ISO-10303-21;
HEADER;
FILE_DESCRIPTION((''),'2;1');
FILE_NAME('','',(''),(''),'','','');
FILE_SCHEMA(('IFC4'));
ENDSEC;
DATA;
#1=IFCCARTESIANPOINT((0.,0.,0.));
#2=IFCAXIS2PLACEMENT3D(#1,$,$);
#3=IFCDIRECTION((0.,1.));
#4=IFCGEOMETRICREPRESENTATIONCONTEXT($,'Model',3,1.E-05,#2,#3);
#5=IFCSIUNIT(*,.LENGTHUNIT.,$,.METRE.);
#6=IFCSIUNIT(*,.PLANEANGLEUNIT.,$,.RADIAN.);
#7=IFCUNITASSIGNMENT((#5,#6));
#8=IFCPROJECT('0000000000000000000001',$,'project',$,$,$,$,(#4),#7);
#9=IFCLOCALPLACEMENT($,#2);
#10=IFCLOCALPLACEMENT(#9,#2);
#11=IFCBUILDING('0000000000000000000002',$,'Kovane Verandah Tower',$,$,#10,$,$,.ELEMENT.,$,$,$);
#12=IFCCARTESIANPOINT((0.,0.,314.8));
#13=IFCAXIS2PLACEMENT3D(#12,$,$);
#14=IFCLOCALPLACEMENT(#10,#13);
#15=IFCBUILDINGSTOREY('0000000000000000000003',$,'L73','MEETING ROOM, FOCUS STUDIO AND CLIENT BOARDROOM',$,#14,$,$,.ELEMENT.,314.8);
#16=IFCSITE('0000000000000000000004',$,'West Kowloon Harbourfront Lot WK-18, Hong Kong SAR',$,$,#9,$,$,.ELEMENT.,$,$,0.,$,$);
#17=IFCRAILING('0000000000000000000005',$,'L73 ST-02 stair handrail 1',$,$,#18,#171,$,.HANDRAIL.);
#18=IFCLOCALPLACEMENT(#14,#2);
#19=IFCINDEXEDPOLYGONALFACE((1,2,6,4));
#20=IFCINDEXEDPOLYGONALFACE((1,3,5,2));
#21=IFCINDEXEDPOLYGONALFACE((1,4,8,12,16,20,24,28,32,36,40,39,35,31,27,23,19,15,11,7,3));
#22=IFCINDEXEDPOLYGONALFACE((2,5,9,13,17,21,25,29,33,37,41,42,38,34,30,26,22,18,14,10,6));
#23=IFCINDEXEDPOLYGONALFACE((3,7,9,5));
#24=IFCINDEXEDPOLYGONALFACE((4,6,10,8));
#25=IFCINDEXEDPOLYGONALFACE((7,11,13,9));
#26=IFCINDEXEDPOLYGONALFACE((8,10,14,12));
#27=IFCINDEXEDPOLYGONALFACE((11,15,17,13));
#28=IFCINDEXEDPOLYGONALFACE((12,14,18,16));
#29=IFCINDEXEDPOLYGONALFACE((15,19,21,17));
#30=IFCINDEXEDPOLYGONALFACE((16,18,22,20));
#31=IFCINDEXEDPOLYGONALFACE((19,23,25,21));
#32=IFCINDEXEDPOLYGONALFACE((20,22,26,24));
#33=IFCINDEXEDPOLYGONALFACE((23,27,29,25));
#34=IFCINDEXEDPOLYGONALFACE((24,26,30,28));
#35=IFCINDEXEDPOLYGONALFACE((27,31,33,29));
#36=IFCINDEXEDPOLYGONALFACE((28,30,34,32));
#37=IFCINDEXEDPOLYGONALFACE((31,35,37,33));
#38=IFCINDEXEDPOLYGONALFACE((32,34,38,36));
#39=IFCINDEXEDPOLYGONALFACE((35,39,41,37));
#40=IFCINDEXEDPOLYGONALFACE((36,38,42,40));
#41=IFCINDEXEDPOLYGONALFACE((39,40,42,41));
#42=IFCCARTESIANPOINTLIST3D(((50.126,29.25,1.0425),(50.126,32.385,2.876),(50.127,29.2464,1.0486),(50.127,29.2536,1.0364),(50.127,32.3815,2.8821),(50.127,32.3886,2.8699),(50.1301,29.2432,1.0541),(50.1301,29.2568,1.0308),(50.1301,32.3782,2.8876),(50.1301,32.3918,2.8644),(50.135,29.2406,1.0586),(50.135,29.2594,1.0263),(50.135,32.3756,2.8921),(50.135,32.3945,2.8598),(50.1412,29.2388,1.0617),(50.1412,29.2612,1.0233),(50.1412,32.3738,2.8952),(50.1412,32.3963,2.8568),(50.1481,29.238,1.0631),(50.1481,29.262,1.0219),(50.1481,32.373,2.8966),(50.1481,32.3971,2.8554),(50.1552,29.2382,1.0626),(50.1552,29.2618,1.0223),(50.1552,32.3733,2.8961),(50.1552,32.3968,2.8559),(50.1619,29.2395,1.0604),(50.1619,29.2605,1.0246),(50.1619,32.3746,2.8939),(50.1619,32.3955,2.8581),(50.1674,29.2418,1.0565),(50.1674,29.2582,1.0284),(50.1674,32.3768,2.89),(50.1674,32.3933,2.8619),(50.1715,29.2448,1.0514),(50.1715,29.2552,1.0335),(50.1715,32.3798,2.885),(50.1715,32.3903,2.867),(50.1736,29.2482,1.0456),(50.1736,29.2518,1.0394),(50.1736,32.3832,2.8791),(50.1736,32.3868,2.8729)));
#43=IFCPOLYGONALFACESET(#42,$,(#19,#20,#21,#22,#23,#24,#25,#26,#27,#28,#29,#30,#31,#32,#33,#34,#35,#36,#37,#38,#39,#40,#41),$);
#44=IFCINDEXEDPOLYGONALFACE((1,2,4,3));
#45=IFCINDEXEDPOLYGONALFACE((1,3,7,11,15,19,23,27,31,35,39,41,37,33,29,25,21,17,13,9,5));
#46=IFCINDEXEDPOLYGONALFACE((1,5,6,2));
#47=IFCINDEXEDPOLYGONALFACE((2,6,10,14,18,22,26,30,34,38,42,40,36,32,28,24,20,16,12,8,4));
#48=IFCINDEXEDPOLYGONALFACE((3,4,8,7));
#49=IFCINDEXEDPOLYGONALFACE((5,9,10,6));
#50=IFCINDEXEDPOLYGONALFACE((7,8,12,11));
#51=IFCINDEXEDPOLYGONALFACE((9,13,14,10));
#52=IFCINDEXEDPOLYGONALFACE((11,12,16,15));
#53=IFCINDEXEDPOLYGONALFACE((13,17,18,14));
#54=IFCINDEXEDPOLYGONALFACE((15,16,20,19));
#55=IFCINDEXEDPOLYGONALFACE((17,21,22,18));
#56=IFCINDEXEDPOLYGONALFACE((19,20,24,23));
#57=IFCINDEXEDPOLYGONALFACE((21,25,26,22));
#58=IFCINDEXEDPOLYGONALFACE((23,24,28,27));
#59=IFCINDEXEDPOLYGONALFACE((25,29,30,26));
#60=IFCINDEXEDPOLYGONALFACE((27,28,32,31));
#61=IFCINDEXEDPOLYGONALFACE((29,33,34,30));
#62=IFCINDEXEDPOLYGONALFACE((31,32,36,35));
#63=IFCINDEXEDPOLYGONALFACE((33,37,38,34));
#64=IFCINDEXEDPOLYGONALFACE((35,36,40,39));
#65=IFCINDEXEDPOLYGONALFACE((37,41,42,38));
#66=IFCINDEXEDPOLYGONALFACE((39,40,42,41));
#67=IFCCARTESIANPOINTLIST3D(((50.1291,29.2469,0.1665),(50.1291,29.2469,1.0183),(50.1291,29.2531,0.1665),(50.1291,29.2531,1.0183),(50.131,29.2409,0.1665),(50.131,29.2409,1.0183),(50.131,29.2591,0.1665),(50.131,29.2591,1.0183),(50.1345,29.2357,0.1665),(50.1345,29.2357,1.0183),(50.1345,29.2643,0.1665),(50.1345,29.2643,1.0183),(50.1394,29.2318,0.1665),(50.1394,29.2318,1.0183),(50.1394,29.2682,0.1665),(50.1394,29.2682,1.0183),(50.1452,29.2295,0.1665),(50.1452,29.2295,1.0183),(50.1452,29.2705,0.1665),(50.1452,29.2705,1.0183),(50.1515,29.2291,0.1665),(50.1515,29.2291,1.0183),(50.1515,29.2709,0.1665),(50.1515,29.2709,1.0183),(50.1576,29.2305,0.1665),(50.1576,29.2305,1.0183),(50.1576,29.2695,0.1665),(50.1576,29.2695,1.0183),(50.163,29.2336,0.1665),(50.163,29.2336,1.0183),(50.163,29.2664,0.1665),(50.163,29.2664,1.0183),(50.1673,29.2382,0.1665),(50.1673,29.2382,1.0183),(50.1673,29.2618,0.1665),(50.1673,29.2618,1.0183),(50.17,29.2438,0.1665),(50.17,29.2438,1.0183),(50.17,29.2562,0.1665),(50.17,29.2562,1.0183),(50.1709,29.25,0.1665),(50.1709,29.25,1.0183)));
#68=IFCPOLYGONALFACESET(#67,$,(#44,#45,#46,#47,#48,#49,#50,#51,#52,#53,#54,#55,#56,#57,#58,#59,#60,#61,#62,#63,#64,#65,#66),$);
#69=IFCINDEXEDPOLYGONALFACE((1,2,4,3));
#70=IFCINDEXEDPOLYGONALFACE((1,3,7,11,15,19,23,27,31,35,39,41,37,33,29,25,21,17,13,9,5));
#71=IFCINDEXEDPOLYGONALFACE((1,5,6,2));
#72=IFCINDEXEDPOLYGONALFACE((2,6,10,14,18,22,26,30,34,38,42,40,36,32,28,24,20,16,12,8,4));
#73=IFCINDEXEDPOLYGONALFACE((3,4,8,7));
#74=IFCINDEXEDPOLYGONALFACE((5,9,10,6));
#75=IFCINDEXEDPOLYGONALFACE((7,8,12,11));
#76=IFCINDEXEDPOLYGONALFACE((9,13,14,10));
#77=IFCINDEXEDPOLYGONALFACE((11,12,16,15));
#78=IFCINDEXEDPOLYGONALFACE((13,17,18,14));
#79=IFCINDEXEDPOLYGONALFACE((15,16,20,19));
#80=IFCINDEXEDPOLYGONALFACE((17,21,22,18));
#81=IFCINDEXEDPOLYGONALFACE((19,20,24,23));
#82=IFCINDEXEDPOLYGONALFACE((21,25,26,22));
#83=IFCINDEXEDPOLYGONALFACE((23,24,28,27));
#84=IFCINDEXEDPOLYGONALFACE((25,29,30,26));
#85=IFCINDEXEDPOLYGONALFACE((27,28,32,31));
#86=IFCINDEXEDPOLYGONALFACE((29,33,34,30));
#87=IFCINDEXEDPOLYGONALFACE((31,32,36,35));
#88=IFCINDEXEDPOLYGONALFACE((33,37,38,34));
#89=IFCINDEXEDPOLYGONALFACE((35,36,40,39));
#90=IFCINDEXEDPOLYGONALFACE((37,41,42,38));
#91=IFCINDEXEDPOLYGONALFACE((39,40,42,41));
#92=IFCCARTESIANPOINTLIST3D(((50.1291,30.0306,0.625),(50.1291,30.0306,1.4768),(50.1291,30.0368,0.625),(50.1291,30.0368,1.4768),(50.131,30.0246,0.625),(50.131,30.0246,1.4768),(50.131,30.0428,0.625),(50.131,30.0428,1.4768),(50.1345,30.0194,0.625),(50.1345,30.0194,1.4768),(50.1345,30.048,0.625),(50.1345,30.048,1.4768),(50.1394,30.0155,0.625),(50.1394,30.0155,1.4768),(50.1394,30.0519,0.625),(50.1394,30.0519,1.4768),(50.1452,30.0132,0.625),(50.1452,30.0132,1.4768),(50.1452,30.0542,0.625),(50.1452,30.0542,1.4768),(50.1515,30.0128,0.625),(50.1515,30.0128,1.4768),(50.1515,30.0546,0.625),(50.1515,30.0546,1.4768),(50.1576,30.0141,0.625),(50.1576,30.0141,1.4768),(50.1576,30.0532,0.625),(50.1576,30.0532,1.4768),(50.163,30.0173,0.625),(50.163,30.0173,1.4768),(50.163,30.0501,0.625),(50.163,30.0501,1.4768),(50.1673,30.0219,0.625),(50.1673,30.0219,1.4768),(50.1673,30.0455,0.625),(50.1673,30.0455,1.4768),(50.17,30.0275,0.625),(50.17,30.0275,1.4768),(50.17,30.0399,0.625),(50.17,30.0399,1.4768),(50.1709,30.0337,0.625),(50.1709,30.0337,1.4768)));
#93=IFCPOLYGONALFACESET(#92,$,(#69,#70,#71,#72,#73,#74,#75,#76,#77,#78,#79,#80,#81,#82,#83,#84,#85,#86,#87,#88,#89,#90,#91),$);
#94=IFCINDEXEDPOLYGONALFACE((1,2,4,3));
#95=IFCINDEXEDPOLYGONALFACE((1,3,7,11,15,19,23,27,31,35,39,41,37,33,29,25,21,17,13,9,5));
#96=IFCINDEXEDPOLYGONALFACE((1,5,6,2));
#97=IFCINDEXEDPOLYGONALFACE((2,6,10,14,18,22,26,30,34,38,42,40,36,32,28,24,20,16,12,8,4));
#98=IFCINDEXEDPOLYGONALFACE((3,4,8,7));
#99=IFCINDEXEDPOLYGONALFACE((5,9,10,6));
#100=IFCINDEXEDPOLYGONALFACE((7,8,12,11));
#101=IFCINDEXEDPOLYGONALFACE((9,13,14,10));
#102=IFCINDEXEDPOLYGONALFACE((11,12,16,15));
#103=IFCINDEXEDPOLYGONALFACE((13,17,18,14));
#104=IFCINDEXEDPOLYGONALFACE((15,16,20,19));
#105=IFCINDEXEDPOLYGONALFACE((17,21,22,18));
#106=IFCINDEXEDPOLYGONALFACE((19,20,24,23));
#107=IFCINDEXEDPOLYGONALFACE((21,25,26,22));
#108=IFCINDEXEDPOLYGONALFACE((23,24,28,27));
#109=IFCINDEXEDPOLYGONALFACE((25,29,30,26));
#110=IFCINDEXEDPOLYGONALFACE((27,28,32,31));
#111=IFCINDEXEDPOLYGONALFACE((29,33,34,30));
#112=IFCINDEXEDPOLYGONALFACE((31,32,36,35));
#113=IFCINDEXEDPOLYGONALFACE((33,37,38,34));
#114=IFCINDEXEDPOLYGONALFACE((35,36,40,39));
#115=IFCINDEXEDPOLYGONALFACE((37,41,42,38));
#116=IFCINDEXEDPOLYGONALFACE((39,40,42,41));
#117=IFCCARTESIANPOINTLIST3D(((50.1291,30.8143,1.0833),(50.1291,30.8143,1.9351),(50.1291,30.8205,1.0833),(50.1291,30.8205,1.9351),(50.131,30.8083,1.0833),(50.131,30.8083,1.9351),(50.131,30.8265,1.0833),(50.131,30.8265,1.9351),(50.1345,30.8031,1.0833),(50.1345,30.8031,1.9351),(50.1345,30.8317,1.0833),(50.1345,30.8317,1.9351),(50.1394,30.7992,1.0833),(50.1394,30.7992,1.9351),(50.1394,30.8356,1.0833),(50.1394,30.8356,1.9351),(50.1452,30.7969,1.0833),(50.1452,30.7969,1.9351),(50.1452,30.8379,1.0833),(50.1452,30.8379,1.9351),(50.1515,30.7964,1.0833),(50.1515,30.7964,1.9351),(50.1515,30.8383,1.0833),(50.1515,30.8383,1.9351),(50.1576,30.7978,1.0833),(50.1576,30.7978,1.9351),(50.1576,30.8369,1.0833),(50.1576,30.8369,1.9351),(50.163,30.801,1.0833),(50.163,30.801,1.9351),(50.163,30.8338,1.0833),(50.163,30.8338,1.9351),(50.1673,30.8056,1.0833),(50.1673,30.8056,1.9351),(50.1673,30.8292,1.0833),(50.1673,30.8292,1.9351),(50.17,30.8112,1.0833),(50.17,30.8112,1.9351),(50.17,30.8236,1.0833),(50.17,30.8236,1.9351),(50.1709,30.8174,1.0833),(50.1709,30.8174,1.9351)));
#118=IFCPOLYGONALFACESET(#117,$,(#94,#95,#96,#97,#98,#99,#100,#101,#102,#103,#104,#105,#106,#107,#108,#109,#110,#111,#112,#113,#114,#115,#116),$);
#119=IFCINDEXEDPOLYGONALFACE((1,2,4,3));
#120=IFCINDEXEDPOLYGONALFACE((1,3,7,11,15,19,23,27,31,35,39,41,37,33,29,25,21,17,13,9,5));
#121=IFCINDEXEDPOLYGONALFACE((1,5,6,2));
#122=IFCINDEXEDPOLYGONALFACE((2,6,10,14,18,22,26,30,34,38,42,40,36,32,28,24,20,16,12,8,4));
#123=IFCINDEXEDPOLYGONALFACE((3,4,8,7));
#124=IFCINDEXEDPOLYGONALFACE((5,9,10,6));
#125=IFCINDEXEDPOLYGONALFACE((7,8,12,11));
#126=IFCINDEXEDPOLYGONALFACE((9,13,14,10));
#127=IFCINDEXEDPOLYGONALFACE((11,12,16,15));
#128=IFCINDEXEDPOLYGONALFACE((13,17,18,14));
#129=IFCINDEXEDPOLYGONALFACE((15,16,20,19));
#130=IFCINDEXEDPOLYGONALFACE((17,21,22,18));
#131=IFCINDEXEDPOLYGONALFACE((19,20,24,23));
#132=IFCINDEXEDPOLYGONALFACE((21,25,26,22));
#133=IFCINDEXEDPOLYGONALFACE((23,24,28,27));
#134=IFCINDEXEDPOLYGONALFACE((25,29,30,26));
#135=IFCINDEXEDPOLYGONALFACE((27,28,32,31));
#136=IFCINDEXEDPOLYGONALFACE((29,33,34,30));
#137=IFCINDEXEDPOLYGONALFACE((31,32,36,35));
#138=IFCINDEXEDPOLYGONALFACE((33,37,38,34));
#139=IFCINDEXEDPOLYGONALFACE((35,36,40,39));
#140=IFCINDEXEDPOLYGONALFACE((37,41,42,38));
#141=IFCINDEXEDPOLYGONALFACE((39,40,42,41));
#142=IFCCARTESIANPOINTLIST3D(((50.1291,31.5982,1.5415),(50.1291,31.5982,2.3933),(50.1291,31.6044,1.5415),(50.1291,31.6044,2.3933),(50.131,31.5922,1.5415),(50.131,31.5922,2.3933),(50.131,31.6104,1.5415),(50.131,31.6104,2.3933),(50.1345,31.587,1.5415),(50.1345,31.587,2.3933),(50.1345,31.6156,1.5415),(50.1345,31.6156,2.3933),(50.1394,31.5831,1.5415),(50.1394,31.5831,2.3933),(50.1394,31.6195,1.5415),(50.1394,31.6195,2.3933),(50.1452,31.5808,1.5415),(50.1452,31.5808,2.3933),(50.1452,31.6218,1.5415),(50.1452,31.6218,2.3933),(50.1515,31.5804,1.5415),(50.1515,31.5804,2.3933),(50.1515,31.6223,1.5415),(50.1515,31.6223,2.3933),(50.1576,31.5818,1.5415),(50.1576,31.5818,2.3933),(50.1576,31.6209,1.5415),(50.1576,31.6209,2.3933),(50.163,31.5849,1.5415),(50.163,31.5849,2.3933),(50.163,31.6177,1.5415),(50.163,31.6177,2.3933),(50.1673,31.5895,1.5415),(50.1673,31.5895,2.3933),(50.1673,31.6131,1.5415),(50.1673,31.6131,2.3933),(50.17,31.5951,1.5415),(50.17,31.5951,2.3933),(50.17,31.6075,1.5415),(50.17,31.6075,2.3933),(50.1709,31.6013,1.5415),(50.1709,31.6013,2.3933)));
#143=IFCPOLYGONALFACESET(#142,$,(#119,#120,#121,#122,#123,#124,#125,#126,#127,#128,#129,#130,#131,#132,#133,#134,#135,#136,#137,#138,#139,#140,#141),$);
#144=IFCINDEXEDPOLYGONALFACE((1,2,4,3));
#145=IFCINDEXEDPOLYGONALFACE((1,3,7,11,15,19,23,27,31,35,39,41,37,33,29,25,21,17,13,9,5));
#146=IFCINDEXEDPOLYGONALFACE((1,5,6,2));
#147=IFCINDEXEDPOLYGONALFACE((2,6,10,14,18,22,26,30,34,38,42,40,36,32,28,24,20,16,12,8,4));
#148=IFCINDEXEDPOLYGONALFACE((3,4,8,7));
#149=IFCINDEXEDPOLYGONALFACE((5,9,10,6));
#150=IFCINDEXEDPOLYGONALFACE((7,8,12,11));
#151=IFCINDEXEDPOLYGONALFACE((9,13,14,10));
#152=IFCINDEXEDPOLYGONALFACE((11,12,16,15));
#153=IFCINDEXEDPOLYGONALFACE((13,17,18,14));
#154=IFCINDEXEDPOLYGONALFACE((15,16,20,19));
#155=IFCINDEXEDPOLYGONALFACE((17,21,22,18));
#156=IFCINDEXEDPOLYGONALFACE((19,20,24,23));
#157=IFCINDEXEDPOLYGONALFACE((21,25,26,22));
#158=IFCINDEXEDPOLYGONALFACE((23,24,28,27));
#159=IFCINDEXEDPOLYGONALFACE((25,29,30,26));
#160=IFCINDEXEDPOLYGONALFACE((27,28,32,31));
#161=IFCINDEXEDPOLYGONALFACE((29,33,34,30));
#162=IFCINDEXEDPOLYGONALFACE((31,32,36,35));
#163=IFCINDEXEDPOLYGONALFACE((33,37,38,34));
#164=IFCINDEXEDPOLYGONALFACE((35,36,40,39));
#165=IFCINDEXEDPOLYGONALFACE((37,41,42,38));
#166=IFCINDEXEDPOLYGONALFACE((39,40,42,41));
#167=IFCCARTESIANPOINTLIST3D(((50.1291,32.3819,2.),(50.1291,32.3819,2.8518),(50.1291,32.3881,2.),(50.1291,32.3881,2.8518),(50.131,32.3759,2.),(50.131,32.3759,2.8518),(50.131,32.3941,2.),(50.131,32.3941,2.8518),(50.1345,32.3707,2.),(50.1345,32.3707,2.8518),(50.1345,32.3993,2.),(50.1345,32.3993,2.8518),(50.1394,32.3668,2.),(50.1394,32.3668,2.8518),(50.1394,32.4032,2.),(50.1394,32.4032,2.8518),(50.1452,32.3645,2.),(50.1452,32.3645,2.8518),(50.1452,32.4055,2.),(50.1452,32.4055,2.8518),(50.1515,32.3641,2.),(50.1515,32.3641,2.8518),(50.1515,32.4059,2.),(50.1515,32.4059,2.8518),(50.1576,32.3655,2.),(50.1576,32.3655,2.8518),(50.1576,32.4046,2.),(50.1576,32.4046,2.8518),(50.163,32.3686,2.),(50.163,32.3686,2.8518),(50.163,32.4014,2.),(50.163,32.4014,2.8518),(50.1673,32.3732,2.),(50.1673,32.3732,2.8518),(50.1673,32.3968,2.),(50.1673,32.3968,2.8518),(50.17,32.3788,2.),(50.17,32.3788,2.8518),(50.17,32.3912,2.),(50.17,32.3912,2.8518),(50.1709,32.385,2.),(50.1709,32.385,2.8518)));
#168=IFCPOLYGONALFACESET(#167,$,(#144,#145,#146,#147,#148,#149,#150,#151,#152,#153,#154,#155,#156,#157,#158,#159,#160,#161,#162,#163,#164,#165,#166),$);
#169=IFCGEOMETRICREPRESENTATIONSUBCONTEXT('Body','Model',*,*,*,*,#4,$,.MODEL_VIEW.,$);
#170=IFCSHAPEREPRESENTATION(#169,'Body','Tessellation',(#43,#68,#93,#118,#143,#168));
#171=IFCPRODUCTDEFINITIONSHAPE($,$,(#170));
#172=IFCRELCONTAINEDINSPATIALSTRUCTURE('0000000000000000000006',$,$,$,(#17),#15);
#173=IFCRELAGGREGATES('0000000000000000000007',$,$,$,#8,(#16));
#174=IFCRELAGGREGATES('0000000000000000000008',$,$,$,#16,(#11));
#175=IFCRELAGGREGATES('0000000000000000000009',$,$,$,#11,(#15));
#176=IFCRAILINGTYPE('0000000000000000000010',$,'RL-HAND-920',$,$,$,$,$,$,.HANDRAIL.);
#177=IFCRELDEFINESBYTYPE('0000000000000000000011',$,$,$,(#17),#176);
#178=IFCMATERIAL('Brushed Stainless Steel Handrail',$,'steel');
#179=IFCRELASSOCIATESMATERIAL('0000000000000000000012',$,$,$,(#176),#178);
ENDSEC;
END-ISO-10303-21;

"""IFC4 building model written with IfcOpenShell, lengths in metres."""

from ifc_helpers import new_model, si_unit, direction, frame, origin, origin_2d, place, context, subcontext, project, spatial, circle, extrude, material, type_object, element, save


model = new_model("IFC4")

# Units and contexts
model_context = context("Model", 3, precision=1e-05, world=origin(), true_north=direction((0.0, 1.0)))
body_context = subcontext(model_context, "Body", "Model", "MODEL_VIEW")
ifc_project = project(units=[si_unit("LENGTHUNIT", "METRE"), si_unit("PLANEANGLEUNIT", "RADIAN")], contexts=[model_context])

# Site, building, storey
site_placement = place(None, origin())
site = spatial("IfcSite", under=ifc_project, at=site_placement, Name="West Kowloon Harbourfront Lot WK-18, Hong Kong SAR", CompositionType="ELEMENT", RefElevation=0.0)
building_placement = place(site_placement, origin())
building = spatial("IfcBuilding", under=site, at=building_placement, Name="Kovane Verandah Tower", CompositionType="ELEMENT")
storey_placement = place(building_placement, frame((0.0, 0.0, 314.8)))
storey = spatial("IfcBuildingStorey", under=building, at=storey_placement, Name="L73", Description="MEETING ROOM, FOCUS STUDIO AND CLIENT BOARDROOM", CompositionType="ELEMENT", Elevation=314.8)

# Railing
ifc_material_1 = material(Name="Brushed Stainless Steel Handrail", Category="steel")
railing_type_1 = type_object("IfcRailingType", Name="RL-HAND-920", PredefinedType="HANDRAIL", material=ifc_material_1)
railing_1_placement = place(storey_placement, frame((50.1499, 29.25, 0.1665)))
element("IfcRailing", 1, at=railing_1_placement, inside=storey, type_object=railing_type_1, Name="L73 ST-02 stair handrail 1", PredefinedType="HANDRAIL", context=body_context, shape_type="SweptSolid", body=[
    extrude(circle(Radius=0.0239, at=origin_2d()), frame((0.0, 0.0, 0.876), z_axis=(0.0, 0.86321, 0.504845), x_axis=(-1.0, 0.0, 0.0)), (0.0, 0.0, 1.0), 3.6318),
    extrude(circle(Radius=0.021, at=origin_2d()), origin(), (0.0, 0.0, 1.0), 0.8518),
    extrude(circle(Radius=0.021, at=origin_2d()), frame((0.0, 0.7837, 0.4585)), (0.0, 0.0, 1.0), 0.8518),
    extrude(circle(Radius=0.021, at=origin_2d()), frame((0.0, 1.5674, 0.9167)), (0.0, 0.0, 1.0), 0.8518),
    extrude(circle(Radius=0.021, at=origin_2d()), frame((0.0, 2.3513, 1.375)), (0.0, 0.0, 1.0), 0.8518),
    extrude(circle(Radius=0.021, at=origin_2d()), frame((0.0, 3.135, 1.8335)), (0.0, 0.0, 1.0), 0.8518),
])

save(model, "model.ifc")
